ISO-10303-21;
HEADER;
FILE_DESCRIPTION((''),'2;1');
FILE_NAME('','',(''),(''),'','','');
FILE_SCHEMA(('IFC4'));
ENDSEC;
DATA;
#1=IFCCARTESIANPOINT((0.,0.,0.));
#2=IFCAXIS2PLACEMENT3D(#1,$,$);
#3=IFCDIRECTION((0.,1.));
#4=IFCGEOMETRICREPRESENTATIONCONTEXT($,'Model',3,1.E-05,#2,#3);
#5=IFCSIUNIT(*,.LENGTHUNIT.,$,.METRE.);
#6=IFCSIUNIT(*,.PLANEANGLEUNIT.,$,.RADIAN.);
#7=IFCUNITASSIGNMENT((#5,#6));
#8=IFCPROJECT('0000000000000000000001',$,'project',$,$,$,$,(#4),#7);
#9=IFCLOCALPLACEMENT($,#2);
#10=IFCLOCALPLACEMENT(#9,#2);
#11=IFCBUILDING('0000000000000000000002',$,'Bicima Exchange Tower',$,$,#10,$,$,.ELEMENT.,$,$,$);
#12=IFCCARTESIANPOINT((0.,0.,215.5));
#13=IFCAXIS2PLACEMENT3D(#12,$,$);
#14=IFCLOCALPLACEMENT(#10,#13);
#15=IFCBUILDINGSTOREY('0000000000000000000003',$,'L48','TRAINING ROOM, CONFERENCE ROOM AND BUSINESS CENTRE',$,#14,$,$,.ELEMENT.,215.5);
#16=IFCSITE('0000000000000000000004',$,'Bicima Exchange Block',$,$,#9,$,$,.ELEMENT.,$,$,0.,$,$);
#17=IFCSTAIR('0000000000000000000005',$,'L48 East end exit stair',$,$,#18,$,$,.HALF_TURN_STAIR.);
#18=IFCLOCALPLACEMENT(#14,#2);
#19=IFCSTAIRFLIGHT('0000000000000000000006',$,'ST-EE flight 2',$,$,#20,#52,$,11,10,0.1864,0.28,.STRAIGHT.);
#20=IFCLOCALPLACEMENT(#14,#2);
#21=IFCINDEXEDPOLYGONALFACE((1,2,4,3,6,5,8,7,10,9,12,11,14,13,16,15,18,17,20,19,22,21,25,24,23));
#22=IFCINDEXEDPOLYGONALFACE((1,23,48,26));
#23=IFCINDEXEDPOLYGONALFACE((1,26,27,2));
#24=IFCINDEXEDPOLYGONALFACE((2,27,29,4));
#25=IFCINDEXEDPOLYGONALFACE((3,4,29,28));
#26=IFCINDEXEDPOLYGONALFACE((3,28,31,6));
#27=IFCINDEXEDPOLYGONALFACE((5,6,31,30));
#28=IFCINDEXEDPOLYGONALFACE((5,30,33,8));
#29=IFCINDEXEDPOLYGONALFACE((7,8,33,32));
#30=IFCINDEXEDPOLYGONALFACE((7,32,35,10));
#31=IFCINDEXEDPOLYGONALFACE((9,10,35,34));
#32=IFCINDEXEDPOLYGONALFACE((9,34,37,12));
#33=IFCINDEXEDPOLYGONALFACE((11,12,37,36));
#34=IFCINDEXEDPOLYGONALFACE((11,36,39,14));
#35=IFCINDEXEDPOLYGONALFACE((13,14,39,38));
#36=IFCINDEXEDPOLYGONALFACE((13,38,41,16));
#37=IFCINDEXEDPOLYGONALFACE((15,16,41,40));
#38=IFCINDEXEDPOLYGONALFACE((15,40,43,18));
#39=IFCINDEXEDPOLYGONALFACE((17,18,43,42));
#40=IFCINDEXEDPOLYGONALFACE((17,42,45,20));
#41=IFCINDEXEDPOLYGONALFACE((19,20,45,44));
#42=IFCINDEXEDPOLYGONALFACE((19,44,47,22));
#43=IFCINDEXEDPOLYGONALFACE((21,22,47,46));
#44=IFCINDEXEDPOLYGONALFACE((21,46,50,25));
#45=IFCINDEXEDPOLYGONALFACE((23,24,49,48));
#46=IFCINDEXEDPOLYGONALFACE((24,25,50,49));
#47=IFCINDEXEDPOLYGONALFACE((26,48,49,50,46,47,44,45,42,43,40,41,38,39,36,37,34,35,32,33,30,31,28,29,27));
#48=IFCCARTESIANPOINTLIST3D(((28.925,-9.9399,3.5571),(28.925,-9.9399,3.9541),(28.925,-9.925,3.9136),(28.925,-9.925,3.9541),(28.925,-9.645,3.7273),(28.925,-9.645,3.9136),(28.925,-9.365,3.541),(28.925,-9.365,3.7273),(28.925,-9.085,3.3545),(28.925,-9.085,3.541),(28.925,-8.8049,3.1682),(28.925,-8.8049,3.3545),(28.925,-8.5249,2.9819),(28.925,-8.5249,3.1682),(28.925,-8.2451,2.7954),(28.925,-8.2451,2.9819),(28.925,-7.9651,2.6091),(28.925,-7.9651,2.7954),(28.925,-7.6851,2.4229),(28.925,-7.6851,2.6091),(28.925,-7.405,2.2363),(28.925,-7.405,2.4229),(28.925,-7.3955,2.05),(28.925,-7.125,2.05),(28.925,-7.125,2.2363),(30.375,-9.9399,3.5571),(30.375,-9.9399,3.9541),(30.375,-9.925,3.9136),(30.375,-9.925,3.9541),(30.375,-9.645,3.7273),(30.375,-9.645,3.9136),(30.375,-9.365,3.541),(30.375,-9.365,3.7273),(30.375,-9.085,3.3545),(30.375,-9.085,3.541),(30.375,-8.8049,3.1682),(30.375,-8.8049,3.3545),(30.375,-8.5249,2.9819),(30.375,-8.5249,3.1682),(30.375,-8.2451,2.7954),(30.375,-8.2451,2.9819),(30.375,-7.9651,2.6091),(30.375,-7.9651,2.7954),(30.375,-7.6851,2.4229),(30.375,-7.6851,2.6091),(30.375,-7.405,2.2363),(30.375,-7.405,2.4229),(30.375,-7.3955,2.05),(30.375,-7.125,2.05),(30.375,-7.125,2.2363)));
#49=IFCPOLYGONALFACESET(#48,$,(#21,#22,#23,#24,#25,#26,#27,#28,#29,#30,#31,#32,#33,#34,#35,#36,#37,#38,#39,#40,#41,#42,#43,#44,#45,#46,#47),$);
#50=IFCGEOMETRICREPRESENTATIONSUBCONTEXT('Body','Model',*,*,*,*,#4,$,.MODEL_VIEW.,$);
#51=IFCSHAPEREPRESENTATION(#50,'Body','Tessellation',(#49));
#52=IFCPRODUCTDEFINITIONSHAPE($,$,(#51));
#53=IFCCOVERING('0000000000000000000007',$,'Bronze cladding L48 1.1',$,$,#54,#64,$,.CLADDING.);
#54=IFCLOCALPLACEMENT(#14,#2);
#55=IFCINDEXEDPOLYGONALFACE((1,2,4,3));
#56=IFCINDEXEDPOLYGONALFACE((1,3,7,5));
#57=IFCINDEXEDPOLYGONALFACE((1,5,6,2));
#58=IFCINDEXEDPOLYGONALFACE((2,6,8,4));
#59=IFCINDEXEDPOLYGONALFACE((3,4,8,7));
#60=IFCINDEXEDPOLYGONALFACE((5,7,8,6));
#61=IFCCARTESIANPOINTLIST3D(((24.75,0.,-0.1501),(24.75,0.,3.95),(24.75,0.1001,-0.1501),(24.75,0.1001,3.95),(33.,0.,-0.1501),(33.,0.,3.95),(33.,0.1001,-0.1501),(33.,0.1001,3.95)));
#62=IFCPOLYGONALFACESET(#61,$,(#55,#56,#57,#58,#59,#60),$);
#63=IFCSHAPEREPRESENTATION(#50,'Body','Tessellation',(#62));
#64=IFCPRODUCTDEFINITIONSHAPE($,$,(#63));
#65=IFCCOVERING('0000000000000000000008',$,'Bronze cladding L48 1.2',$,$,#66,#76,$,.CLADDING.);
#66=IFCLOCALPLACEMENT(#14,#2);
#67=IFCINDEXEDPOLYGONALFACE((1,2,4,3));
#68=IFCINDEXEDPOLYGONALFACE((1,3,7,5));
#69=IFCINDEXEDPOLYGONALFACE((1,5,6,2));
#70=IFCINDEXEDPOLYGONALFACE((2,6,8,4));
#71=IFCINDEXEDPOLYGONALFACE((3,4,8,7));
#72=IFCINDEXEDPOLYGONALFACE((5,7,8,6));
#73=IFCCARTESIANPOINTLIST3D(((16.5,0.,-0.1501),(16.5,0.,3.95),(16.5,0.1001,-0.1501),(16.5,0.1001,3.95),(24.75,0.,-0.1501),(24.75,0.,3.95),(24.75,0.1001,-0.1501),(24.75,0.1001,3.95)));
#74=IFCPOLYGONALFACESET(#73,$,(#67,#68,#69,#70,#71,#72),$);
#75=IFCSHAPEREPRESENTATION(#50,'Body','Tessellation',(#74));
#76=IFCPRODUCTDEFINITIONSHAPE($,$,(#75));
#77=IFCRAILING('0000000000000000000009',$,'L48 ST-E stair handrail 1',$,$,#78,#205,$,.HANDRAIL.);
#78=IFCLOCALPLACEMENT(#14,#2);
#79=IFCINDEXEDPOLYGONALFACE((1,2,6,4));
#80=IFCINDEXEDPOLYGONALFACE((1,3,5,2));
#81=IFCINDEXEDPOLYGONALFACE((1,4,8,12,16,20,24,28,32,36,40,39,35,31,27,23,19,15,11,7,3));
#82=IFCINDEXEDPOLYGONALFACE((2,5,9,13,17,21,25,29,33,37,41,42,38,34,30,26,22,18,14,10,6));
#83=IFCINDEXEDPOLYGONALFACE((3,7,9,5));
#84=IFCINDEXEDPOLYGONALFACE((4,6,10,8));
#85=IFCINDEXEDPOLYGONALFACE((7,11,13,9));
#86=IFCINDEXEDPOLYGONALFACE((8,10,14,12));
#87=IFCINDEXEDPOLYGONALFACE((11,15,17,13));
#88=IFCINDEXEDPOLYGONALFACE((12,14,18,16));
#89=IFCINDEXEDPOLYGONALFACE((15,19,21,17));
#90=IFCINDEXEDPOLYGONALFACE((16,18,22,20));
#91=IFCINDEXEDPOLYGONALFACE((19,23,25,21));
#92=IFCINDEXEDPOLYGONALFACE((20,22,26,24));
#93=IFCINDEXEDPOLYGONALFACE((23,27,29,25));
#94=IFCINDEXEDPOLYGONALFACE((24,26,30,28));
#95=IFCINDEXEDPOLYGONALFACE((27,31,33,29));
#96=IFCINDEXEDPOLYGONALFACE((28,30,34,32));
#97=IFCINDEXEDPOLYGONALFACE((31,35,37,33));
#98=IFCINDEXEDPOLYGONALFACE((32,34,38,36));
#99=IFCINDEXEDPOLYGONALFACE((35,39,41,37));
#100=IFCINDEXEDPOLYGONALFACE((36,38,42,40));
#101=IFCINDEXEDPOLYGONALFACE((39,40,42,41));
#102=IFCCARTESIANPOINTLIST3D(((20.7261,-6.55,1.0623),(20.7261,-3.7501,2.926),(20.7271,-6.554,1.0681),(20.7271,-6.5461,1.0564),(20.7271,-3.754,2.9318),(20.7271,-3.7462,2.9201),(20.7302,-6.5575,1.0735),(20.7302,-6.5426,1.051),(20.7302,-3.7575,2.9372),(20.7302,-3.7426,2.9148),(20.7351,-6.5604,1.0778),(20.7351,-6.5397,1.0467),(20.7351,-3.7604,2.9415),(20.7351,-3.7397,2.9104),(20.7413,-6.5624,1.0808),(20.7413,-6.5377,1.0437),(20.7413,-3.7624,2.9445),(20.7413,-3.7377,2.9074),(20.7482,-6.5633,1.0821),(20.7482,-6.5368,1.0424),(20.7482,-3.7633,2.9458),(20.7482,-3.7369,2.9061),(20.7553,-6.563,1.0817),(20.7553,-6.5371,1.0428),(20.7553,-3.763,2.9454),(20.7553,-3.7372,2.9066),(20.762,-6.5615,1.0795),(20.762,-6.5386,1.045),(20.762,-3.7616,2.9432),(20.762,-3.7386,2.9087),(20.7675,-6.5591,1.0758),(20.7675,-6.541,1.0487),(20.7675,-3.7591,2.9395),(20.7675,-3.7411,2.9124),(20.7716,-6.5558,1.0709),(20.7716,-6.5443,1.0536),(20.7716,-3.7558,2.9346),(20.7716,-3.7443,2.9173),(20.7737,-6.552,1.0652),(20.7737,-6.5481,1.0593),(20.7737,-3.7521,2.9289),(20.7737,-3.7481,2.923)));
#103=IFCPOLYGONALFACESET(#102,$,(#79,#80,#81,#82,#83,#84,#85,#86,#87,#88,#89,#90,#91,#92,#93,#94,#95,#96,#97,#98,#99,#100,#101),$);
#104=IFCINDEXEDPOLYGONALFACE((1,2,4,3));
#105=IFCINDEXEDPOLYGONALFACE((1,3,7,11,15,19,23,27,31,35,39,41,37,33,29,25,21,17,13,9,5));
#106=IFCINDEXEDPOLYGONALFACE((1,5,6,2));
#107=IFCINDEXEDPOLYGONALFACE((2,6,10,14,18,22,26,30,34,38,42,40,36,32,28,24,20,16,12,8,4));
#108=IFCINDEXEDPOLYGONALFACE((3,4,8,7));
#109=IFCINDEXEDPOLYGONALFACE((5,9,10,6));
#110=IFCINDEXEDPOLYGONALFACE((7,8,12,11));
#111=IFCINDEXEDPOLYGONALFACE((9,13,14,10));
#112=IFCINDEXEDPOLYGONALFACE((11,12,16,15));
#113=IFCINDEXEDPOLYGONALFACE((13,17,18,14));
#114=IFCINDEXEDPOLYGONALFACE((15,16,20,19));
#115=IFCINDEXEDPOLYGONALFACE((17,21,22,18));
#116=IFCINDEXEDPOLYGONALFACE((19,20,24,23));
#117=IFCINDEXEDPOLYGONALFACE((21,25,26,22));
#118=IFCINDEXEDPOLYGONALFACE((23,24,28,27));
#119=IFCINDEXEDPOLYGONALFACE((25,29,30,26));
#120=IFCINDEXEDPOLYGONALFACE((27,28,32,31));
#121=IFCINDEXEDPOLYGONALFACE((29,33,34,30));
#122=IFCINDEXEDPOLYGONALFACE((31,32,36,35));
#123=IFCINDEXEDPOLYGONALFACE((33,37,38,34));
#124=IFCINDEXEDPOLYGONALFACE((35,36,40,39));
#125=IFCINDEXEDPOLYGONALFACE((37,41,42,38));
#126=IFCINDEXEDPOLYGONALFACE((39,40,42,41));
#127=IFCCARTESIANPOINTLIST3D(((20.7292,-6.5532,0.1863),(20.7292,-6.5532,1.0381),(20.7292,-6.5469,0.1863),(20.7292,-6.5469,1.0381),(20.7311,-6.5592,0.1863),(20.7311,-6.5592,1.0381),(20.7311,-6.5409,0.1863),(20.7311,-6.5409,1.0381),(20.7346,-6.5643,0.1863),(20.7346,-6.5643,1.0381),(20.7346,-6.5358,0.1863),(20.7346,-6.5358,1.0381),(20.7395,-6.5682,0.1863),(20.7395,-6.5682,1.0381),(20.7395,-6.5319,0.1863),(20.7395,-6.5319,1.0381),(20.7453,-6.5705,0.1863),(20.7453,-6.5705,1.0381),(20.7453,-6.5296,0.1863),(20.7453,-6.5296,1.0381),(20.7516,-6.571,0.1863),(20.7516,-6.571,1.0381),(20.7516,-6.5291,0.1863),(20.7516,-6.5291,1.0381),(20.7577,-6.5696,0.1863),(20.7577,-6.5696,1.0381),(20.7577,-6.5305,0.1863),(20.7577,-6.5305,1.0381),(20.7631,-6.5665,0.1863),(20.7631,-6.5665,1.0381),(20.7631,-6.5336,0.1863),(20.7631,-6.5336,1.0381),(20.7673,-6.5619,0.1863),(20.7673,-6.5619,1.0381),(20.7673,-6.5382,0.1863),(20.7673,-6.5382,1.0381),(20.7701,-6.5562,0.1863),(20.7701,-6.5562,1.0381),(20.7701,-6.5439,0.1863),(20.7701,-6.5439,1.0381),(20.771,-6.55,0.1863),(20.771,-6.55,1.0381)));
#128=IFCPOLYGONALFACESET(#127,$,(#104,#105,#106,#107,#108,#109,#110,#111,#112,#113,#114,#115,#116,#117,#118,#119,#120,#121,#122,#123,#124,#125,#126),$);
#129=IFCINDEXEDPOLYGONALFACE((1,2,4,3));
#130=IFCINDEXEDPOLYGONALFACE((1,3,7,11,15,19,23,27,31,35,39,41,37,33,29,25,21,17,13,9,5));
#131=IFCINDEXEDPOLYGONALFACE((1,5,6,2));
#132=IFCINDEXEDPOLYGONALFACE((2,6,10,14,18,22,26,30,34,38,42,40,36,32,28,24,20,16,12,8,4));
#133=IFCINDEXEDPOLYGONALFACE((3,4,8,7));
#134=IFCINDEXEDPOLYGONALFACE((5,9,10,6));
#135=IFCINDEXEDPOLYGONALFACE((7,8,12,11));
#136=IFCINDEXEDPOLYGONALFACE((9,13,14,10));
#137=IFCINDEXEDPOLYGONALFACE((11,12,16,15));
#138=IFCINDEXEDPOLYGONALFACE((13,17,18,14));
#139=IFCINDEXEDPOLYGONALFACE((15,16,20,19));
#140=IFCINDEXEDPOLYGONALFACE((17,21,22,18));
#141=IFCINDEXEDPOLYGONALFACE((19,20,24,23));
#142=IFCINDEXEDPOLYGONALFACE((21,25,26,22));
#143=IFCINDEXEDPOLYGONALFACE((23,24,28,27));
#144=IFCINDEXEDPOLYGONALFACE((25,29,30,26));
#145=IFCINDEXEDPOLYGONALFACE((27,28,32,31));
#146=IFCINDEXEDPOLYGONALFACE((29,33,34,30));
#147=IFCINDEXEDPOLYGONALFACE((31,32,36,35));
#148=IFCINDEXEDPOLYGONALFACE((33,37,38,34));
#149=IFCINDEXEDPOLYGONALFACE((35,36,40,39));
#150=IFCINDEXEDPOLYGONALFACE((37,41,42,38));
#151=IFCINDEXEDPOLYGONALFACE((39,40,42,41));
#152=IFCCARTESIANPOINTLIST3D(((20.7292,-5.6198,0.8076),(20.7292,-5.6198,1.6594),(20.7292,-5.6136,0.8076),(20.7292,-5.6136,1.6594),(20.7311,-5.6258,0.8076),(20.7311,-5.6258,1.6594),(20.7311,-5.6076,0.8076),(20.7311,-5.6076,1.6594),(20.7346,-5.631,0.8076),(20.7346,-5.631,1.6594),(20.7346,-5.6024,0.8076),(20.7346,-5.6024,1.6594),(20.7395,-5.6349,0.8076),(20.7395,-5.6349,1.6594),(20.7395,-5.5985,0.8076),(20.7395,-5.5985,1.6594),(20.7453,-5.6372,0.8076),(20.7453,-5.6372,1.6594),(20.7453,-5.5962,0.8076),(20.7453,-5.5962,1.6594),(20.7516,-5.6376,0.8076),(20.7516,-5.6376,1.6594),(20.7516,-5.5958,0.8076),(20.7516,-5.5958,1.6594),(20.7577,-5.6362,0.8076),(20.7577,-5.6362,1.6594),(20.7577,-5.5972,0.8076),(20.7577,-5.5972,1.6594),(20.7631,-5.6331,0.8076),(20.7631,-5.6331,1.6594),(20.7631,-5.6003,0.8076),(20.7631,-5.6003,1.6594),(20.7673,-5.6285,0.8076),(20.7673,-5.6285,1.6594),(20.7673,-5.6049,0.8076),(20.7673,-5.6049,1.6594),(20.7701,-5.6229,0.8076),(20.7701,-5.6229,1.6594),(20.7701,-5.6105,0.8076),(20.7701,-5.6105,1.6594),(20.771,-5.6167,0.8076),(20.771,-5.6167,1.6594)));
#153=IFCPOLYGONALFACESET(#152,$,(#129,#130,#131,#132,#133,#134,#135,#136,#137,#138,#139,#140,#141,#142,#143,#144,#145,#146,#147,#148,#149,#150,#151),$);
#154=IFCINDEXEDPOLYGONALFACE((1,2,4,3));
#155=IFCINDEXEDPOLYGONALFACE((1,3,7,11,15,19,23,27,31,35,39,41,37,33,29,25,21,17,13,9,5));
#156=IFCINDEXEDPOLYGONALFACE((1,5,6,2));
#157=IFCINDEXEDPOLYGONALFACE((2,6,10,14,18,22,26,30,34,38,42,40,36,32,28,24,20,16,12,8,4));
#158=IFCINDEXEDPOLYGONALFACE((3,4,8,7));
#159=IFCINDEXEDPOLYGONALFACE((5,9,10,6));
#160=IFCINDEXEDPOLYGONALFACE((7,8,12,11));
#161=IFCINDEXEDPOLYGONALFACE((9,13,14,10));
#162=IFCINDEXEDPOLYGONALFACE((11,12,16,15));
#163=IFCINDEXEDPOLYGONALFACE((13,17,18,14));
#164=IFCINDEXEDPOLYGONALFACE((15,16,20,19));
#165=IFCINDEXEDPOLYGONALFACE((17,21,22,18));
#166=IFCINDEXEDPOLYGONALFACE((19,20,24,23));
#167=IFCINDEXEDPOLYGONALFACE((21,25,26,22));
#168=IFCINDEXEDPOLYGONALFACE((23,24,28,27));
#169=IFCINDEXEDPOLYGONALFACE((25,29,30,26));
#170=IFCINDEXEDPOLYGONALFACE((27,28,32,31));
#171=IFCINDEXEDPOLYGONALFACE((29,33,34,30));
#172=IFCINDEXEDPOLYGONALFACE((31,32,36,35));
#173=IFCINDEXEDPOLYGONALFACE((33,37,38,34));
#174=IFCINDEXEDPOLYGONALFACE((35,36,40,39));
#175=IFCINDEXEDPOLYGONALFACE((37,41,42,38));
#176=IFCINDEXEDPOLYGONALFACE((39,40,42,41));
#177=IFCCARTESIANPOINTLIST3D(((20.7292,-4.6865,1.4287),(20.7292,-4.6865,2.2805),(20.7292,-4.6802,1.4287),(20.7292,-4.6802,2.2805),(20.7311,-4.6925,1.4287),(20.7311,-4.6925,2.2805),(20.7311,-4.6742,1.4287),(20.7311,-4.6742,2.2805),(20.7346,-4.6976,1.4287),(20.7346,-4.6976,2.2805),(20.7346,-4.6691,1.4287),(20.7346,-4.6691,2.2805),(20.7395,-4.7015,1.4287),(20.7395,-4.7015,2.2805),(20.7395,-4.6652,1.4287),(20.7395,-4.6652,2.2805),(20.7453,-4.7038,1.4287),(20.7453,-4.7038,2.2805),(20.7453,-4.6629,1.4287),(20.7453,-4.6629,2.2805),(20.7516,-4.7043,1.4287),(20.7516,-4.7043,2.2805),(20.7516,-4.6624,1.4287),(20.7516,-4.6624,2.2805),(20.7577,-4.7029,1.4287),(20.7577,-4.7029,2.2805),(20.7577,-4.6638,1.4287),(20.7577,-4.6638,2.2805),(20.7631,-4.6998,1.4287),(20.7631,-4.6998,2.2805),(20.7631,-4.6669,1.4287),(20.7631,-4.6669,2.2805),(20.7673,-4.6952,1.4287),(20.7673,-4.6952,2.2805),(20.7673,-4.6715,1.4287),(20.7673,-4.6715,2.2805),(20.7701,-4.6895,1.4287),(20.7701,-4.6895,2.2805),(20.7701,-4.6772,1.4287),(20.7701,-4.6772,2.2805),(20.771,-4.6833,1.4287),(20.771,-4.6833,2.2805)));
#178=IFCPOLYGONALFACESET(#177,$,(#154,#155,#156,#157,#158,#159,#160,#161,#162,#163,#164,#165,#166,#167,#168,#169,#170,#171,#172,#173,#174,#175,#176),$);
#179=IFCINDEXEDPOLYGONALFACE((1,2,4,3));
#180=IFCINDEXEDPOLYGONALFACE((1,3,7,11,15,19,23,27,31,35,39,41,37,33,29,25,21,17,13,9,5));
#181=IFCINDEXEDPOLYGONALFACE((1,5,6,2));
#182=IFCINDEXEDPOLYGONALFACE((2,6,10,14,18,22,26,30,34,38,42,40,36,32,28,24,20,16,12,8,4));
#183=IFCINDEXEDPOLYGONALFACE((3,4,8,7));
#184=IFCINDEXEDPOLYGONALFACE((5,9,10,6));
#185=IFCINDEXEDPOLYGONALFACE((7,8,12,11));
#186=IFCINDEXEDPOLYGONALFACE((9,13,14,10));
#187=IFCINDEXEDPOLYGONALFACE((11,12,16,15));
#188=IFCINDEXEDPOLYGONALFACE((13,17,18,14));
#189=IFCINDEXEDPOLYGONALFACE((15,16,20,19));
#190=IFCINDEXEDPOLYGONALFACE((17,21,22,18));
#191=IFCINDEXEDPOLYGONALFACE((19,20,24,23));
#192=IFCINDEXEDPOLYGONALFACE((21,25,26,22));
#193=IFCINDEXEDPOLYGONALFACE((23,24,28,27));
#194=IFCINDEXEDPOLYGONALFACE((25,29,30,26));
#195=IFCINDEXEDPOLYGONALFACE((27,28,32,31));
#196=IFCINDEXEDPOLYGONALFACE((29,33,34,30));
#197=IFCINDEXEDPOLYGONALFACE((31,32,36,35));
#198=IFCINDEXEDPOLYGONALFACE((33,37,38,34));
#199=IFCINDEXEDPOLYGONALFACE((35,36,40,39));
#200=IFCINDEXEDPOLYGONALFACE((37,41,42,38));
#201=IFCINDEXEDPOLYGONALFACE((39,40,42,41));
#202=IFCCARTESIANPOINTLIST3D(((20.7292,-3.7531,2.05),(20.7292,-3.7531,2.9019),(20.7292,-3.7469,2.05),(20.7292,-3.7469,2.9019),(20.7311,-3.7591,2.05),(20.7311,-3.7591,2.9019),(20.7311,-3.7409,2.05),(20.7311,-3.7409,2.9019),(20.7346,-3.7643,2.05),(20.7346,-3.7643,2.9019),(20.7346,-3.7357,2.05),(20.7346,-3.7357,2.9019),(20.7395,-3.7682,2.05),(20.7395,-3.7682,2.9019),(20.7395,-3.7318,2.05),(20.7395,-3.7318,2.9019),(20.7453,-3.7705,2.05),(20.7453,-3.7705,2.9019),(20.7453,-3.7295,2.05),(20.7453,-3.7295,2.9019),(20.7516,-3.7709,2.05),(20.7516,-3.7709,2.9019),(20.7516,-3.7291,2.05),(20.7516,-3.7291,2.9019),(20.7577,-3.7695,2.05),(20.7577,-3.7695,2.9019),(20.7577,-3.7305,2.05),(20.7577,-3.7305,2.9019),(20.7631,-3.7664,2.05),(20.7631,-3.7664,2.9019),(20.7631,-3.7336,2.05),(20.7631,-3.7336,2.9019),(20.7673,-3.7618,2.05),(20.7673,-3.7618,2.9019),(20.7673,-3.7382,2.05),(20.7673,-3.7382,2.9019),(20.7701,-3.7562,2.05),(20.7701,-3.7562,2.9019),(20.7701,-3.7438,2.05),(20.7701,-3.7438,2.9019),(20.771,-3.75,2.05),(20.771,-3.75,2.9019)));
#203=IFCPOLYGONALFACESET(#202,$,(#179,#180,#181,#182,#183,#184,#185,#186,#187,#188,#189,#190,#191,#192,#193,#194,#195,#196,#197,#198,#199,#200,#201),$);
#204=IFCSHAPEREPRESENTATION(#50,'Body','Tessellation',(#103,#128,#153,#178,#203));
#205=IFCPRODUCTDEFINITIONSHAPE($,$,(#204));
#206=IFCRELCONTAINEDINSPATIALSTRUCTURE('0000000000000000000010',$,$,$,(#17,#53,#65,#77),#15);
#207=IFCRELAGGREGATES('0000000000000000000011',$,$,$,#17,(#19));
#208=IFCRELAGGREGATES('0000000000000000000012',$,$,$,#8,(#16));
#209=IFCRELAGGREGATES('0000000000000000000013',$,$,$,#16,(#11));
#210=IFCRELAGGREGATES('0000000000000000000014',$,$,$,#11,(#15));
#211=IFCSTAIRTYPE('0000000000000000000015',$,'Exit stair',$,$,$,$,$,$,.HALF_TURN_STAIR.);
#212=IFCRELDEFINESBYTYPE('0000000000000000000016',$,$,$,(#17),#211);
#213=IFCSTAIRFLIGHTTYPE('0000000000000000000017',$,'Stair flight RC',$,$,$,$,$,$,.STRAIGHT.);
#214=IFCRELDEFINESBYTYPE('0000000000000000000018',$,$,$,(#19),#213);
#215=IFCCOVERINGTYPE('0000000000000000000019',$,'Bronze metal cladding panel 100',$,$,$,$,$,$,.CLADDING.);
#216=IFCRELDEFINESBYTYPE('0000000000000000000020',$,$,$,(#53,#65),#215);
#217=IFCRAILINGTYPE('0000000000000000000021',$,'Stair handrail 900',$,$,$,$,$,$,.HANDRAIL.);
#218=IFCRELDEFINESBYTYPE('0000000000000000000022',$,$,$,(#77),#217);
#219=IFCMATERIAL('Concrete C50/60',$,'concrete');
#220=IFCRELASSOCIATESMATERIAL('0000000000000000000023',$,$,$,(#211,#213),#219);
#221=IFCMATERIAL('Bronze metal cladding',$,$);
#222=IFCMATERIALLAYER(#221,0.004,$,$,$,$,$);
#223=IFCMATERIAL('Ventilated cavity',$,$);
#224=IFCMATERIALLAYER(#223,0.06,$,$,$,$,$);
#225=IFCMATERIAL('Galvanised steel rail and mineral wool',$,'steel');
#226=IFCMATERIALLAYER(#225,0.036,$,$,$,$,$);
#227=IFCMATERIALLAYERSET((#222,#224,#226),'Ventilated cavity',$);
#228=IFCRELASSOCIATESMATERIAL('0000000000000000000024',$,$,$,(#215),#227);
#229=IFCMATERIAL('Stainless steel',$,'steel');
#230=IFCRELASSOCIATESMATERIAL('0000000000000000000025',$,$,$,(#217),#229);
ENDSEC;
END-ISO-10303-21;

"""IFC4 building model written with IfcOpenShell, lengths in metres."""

from ifc_helpers import new_model, si_unit, direction, frame, origin, origin_2d, place, context, subcontext, project, spatial, polyline, rectangle, circle, outline, extrude, material, layer, layer_set, type_object, element, aggregate, save


model = new_model("IFC4")

# Units and contexts
model_context = context("Model", 3, precision=1e-05, world=origin(), true_north=direction((0.0, 1.0)))
body_context = subcontext(model_context, "Body", "Model", "MODEL_VIEW")
ifc_project = project(units=[si_unit("LENGTHUNIT", "METRE"), si_unit("PLANEANGLEUNIT", "RADIAN")], contexts=[model_context])

# Site, building, storey
site_placement = place(None, origin())
site = spatial("IfcSite", under=ifc_project, at=site_placement, Name="Bicima Exchange Block", CompositionType="ELEMENT", RefElevation=0.0)
building_placement = place(site_placement, origin())
building = spatial("IfcBuilding", under=site, at=building_placement, Name="Bicima Exchange Tower", CompositionType="ELEMENT")
storey_placement = place(building_placement, frame((0.0, 0.0, 215.5)))
storey = spatial("IfcBuildingStorey", under=building, at=storey_placement, Name="L48", Description="TRAINING ROOM, CONFERENCE ROOM AND BUSINESS CENTRE", CompositionType="ELEMENT", Elevation=215.5)

# Shared definitions
ifc_material_1 = material(Name="Concrete C50/60", Category="concrete")

# Shared definitions
stair_type = type_object("IfcStairType", Name="Exit stair", PredefinedType="HALF_TURN_STAIR", material=ifc_material_1)
stair_flight_type = type_object("IfcStairFlightType", Name="Stair flight RC", PredefinedType="STRAIGHT", material=ifc_material_1)

# Stair, stair flight
stair_1_placement = place(storey_placement, origin())
stair_1 = element("IfcStair", 1, at=stair_1_placement, inside=storey, type_object=stair_type, Name="L48 East end exit stair", PredefinedType="HALF_TURN_STAIR")
stair_flight_1_placement = place(storey_placement, frame((29.6499, -7.125, 2.05), z_axis=(0.0, 0.0, 1.0), x_axis=(0.0, -1.0, 0.0)))
stair_flight_1 = element("IfcStairFlight", 2, at=stair_flight_1_placement, type_object=stair_flight_type, Name="ST-EE flight 2", NumberOfRisers=11, NumberOfTreads=10, PredefinedType="STRAIGHT", RiserHeight=0.1864, TreadLength=0.28, context=body_context, shape_type="SweptSolid", body=[
    extrude(outline(polyline([(0.0, 0.0), (0.0, 0.1863), (0.28, 0.1863), (0.28, 0.3728), (0.5601, 0.3728), (0.5601, 0.5591), (0.8401, 0.5591), (0.8401, 0.7454), (1.1201, 0.7454), (1.1201, 0.9319), (1.3999, 0.9319), (1.3999, 1.1182), (1.6799, 1.1182), (1.6799, 1.3044), (1.96, 1.3044), (1.96, 1.491), (2.24, 1.491), (2.24, 1.6772), (2.52, 1.6772), (2.52, 1.8635), (2.8, 1.8635), (2.8, 1.9041), (2.8149, 1.9041), (2.8149, 1.5071), (0.2705, 0.0), (0.0, 0.0)])), frame((0.0, 0.7251, 0.0), z_axis=(0.0, -1.0, 0.0), x_axis=(1.0, 0.0, 0.0)), (0.0, 0.0, 1.0), 1.45),
])
aggregate(stair_1, [stair_flight_1])

# Coverings
ifc_material_2 = material(Name="Bronze metal cladding")
ifc_layer_1 = layer(ifc_material_2, 0.004)
ifc_material_3 = material(Name="Ventilated cavity")
ifc_layer_2 = layer(ifc_material_3, 0.06)
ifc_material_4 = material(Name="Galvanised steel rail and mineral wool", Category="steel")
ifc_layer_3 = layer(ifc_material_4, 0.036)
ifc_layer_set_1 = layer_set([ifc_layer_1, ifc_layer_2, ifc_layer_3], Name="Ventilated cavity")
covering_type = type_object("IfcCoveringType", Name="Bronze metal cladding panel 100", PredefinedType="CLADDING", material=ifc_layer_set_1)
for number, where, z_axis, x_axis, name in (
    (3, (28.875, 0.05, -0.1501), (0.0, 0.0, 1.0), (-1.0, 0.0, 0.0), "Bronze cladding L48 1.1"),
    (4, (20.625, 0.05, -0.1501), (0.0, 0.0, 1.0), (-1.0, 0.0, 0.0), "Bronze cladding L48 1.2"),
):
    element("IfcCovering", number, at=place(storey_placement, frame(where, z_axis=z_axis, x_axis=x_axis)), inside=storey, type_object=covering_type, Name=name, PredefinedType="CLADDING", context=body_context, shape_type="SweptSolid", body=[
        extrude(rectangle(XDim=8.25, YDim=0.1001, at=origin_2d()), origin(), (0.0, 0.0, 1.0), 4.1001),
    ])

# Railing
ifc_material_5 = material(Name="Stainless steel", Category="steel")
railing_type_1 = type_object("IfcRailingType", Name="Stair handrail 900", PredefinedType="HANDRAIL", material=ifc_material_5)
railing_1_placement = place(storey_placement, frame((20.75, -6.55, 0.1863)))
element("IfcRailing", 5, at=railing_1_placement, inside=storey, type_object=railing_type_1, Name="L48 ST-E stair handrail 1", PredefinedType="HANDRAIL", context=body_context, shape_type="SweptSolid", body=[
    extrude(circle(Radius=0.0239, at=origin_2d()), frame((0.0, 0.0, 0.876), z_axis=(0.0, 0.832452, 0.554097), x_axis=(-1.0, 0.0, 0.0)), (0.0, 0.0, 1.0), 3.3635),
    extrude(circle(Radius=0.021, at=origin_2d()), origin(), (0.0, 0.0, 1.0), 0.8518),
    extrude(circle(Radius=0.021, at=origin_2d()), frame((0.0, 0.9333, 0.6213)), (0.0, 0.0, 1.0), 0.8518),
    extrude(circle(Radius=0.021, at=origin_2d()), frame((0.0, 1.8667, 1.2424)), (0.0, 0.0, 1.0), 0.8518),
    extrude(circle(Radius=0.021, at=origin_2d()), frame((0.0, 2.8, 1.8638)), (0.0, 0.0, 1.0), 0.8518),
])

save(model, "model.ifc")
